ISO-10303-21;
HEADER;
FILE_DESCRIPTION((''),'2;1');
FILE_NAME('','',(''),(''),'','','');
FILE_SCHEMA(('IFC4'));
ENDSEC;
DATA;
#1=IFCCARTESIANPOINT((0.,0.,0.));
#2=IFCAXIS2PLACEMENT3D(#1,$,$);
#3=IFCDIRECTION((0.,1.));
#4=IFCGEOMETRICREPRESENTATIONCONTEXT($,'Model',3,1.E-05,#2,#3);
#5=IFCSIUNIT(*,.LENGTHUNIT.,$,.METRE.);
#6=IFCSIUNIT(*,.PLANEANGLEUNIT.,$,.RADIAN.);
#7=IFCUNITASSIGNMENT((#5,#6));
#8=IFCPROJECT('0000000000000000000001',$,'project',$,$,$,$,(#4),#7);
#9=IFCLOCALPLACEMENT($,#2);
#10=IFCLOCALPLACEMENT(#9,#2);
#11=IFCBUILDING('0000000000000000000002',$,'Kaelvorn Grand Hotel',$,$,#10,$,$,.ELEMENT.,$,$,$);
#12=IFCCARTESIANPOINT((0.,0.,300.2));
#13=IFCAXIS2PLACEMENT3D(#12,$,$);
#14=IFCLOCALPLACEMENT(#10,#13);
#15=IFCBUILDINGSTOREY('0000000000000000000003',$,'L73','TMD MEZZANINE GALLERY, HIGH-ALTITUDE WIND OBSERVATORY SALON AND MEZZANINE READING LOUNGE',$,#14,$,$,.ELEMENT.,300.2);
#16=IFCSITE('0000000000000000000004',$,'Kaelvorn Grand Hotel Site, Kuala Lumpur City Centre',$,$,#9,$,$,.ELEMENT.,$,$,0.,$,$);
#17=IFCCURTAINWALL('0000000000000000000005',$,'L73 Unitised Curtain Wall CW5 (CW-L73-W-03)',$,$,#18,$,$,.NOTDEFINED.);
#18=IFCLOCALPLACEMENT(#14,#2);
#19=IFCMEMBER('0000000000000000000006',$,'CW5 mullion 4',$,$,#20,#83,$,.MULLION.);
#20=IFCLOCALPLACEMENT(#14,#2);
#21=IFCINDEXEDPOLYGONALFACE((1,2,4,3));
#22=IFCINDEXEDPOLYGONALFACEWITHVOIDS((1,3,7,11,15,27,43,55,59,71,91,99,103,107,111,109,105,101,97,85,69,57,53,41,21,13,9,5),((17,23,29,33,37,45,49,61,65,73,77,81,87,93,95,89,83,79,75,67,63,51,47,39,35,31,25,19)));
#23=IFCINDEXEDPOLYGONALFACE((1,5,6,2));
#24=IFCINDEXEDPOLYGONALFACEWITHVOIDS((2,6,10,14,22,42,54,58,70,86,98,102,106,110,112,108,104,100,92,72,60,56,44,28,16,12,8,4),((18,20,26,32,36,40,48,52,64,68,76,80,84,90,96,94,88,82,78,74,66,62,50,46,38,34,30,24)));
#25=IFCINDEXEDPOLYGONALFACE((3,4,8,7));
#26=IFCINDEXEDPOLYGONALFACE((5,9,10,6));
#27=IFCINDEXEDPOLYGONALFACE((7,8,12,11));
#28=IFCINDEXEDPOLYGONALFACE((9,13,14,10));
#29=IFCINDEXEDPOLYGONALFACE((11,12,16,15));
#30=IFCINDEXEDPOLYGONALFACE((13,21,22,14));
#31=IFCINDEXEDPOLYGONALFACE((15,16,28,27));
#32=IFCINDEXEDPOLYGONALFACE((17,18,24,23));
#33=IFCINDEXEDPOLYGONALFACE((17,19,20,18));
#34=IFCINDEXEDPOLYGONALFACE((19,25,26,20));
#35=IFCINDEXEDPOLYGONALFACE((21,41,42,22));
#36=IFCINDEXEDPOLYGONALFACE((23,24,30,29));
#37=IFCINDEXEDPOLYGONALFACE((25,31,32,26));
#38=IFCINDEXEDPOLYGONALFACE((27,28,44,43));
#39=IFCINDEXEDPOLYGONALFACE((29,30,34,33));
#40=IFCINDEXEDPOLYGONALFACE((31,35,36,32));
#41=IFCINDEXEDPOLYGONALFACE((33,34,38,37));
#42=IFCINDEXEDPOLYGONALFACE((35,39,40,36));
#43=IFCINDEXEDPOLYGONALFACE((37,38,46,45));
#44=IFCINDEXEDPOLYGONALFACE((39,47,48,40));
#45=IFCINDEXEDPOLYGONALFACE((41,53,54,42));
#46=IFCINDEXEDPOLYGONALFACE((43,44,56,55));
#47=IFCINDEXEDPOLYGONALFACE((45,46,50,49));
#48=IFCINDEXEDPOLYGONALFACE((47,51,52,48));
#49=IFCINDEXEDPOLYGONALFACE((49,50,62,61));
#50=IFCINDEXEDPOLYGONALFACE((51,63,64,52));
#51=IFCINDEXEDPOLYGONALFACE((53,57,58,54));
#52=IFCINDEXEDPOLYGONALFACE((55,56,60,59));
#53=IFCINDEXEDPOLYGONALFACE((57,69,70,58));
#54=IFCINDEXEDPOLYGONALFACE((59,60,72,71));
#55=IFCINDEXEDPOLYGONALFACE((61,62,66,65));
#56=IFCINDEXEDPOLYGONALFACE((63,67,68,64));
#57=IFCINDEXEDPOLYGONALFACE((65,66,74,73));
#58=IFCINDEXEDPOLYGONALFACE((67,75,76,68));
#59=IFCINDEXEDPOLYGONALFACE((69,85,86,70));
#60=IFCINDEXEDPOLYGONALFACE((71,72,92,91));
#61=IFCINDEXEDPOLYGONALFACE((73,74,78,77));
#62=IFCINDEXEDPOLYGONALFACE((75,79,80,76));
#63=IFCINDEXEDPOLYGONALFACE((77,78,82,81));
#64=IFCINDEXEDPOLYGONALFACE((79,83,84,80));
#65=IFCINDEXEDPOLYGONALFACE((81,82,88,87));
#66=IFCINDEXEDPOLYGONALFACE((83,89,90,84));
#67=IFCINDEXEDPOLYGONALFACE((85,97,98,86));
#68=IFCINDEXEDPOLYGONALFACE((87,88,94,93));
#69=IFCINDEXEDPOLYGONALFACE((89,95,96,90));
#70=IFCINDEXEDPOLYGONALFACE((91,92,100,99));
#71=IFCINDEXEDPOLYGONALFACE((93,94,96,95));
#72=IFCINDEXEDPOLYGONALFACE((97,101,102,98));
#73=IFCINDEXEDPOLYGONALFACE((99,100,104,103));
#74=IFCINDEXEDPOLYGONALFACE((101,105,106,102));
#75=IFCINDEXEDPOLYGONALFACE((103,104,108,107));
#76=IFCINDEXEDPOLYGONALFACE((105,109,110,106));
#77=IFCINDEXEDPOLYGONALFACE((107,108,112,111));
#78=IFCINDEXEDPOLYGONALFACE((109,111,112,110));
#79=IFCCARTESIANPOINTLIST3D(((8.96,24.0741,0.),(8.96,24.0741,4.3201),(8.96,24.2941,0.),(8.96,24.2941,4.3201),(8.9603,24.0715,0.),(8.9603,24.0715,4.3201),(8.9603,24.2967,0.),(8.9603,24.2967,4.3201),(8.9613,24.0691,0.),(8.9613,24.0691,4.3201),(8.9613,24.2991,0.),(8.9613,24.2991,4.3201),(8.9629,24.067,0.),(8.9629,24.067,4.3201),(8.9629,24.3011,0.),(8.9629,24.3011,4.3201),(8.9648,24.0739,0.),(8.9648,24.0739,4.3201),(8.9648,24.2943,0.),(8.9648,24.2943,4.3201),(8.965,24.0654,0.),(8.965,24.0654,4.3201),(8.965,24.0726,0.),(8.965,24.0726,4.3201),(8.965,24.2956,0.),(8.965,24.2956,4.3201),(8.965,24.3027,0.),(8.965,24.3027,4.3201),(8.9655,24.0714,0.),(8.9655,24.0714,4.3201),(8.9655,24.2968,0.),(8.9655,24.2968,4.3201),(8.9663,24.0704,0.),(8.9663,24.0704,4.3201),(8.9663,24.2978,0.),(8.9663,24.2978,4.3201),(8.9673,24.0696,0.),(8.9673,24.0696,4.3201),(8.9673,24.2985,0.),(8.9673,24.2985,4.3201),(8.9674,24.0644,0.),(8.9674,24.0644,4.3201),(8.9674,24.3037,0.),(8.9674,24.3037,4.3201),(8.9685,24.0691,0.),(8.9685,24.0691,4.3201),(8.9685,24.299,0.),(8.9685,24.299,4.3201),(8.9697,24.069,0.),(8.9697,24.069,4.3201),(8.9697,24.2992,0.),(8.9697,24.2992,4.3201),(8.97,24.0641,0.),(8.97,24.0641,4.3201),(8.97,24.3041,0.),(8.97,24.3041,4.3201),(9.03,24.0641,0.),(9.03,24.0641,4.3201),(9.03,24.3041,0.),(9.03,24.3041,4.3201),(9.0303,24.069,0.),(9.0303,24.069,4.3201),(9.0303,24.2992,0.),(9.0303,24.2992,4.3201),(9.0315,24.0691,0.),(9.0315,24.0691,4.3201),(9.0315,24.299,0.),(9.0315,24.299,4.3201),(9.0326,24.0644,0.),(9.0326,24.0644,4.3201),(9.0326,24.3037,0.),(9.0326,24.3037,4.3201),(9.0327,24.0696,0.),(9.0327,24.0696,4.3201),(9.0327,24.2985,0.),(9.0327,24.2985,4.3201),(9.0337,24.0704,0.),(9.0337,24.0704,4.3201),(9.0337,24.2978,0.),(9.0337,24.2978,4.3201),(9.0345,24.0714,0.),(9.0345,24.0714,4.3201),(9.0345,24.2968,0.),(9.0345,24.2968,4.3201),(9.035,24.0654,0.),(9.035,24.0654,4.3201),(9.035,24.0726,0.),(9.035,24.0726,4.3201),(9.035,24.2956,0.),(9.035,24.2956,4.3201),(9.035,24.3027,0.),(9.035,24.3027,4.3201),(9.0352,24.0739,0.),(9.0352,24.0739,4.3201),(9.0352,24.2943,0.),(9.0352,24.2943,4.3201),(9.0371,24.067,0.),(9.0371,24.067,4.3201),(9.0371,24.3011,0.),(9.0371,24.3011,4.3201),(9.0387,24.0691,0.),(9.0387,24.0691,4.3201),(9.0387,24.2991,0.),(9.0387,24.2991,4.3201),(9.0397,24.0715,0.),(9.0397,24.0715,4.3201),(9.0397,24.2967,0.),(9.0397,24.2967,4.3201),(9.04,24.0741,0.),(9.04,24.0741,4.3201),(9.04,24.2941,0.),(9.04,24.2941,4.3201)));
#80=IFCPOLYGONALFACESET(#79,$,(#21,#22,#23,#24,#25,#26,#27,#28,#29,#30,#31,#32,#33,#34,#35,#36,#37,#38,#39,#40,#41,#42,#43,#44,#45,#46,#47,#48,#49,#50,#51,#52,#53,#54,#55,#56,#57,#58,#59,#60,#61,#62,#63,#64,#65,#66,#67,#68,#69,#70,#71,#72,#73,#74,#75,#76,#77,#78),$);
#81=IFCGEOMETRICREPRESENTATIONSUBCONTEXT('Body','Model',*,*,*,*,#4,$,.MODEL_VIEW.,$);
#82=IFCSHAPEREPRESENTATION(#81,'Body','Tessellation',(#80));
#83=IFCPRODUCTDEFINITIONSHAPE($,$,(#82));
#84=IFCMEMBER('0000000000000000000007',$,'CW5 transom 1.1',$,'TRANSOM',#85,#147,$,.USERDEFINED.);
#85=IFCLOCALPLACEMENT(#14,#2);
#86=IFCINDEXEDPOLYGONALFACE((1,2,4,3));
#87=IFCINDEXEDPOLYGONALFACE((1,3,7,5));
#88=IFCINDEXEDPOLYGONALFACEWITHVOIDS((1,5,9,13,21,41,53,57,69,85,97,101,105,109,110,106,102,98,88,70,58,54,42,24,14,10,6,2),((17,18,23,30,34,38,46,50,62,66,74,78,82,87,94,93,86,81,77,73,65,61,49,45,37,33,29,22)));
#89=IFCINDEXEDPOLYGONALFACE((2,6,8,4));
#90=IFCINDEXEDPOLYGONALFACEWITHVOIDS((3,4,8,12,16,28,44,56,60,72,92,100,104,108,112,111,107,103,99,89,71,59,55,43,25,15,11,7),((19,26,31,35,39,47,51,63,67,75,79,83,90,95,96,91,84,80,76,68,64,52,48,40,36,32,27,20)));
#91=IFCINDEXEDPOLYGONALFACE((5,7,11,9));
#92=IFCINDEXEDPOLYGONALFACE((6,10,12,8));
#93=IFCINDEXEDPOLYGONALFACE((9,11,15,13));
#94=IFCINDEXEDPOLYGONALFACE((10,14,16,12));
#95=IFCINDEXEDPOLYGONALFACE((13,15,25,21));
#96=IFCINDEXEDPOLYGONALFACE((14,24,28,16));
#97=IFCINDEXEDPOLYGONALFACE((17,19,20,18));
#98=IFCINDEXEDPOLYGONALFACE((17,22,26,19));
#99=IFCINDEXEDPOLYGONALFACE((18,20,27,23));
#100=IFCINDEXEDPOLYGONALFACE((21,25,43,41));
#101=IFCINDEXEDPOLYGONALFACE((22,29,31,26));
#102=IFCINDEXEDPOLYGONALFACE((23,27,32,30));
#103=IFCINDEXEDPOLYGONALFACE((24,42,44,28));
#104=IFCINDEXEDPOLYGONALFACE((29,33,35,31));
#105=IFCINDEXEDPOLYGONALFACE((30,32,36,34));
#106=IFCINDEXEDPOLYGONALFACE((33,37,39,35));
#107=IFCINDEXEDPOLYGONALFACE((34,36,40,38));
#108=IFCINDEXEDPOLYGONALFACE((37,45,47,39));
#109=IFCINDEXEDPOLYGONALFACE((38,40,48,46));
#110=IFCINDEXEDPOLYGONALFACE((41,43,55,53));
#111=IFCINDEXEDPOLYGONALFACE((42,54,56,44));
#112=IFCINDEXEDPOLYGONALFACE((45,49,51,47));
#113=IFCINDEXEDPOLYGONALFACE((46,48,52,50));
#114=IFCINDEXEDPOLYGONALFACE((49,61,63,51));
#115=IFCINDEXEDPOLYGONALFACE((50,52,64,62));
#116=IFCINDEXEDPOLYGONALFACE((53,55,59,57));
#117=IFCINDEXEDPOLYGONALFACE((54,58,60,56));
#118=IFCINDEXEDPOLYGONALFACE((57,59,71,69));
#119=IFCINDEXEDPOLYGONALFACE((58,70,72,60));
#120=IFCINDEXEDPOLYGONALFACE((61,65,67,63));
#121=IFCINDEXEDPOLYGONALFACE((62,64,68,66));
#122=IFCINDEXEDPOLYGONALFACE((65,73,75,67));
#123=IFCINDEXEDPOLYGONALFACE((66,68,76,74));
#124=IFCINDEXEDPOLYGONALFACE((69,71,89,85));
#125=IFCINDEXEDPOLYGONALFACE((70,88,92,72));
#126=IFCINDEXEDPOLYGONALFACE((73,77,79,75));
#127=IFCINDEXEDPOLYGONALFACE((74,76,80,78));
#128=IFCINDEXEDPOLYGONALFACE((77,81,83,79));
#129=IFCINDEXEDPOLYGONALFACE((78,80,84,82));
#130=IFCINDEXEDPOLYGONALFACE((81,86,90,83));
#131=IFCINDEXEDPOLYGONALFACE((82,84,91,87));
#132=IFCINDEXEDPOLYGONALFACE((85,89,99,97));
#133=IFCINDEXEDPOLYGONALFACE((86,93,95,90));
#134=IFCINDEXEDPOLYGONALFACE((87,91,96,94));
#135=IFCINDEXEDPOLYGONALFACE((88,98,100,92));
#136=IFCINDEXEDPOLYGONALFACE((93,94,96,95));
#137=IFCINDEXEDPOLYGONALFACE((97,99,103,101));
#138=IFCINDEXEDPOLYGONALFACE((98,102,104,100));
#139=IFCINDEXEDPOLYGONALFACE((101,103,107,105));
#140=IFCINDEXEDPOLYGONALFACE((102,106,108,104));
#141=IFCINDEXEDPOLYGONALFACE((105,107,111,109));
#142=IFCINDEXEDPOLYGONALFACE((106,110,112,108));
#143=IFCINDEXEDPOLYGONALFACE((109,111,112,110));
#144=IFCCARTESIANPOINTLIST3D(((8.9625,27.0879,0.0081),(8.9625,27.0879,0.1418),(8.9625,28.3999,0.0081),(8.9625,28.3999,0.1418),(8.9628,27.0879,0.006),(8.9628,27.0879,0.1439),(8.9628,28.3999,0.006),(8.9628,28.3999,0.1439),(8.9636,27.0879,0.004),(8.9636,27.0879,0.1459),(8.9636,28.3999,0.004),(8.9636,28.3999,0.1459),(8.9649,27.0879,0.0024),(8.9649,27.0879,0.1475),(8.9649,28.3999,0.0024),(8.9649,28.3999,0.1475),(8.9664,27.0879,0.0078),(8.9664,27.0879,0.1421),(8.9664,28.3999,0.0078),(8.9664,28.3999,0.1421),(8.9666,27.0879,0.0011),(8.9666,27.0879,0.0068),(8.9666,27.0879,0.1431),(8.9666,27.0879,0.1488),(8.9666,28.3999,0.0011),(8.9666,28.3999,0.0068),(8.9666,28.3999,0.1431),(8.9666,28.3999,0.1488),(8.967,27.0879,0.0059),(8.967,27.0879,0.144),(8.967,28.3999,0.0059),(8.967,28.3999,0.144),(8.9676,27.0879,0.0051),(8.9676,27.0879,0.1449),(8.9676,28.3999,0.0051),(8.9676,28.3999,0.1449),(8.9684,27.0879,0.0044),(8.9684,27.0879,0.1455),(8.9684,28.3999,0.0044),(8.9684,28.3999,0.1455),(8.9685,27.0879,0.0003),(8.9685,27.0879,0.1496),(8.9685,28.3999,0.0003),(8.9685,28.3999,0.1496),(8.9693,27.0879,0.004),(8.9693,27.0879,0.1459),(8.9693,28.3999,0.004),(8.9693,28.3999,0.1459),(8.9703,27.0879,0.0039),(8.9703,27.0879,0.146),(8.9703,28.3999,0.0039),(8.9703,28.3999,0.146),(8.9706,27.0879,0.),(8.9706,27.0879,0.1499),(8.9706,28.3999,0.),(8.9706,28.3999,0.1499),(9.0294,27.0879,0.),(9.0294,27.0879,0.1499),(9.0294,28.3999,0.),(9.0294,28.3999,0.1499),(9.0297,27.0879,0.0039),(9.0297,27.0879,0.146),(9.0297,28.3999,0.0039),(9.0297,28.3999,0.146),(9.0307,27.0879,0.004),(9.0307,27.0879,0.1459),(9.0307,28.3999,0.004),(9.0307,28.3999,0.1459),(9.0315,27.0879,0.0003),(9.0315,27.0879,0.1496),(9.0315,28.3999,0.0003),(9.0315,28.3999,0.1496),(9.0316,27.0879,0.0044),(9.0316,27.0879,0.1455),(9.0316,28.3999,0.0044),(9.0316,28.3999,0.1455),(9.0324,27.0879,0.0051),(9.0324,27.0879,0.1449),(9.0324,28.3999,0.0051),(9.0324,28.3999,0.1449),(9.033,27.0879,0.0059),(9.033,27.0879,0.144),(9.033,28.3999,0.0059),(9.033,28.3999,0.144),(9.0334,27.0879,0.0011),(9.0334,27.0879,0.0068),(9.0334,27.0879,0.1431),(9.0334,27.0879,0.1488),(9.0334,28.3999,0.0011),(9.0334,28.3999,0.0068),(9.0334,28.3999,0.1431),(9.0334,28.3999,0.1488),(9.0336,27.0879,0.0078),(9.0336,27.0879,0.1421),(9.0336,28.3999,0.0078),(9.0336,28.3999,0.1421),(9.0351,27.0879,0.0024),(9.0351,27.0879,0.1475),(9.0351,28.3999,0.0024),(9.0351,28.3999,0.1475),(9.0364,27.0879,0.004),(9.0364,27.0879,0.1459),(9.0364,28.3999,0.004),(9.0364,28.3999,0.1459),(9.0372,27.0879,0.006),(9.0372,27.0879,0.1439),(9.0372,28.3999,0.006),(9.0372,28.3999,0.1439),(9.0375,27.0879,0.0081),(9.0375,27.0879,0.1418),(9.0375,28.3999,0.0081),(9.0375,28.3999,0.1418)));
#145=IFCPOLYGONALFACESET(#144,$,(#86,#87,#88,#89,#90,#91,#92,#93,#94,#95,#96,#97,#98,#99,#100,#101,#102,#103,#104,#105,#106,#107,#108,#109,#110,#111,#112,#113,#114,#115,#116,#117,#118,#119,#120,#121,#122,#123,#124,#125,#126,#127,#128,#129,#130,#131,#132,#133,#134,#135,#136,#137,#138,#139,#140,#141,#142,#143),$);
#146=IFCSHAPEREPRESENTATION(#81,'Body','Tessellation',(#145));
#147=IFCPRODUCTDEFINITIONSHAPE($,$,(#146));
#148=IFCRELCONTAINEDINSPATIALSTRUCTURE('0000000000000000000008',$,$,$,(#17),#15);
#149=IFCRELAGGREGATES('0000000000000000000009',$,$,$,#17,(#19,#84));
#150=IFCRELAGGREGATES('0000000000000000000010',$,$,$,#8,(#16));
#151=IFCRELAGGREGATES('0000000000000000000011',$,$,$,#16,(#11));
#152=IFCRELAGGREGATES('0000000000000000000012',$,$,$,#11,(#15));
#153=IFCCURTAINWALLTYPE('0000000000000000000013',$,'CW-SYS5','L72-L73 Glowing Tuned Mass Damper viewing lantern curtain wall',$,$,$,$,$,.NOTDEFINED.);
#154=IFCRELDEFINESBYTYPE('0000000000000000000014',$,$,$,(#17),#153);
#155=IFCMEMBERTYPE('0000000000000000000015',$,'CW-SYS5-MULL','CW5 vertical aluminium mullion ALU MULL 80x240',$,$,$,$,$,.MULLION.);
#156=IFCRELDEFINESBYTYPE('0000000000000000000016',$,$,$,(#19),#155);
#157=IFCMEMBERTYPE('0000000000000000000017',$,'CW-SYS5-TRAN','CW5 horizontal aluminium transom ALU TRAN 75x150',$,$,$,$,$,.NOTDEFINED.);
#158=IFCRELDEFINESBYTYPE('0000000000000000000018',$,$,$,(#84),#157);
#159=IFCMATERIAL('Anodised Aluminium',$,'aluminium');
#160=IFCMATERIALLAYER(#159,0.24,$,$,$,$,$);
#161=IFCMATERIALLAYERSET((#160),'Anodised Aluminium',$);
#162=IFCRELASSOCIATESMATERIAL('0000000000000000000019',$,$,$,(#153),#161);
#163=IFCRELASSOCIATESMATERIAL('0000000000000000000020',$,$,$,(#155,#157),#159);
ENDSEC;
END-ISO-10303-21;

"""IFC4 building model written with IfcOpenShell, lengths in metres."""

from ifc_helpers import new_model, si_unit, direction, frame, origin, origin_2d, place, context, subcontext, project, spatial, hollow_rectangle, extrude, material, layer, layer_set, material_profile, profile_set, type_object, element, aggregate, save


model = new_model("IFC4")

# Units and contexts
model_context = context("Model", 3, precision=1e-05, world=origin(), true_north=direction((0.0, 1.0)))
body_context = subcontext(model_context, "Body", "Model", "MODEL_VIEW")
ifc_project = project(units=[si_unit("LENGTHUNIT", "METRE"), si_unit("PLANEANGLEUNIT", "RADIAN")], contexts=[model_context])

# Site, building, storey
site_placement = place(None, origin())
site = spatial("IfcSite", under=ifc_project, at=site_placement, Name="Kaelvorn Grand Hotel Site, Kuala Lumpur City Centre", CompositionType="ELEMENT", RefElevation=0.0)
building_placement = place(site_placement, origin())
building = spatial("IfcBuilding", under=site, at=building_placement, Name="Kaelvorn Grand Hotel", CompositionType="ELEMENT")
storey_placement = place(building_placement, frame((0.0, 0.0, 300.2)))
storey = spatial("IfcBuildingStorey", under=building, at=storey_placement, Name="L73", Description="TMD MEZZANINE GALLERY, HIGH-ALTITUDE WIND OBSERVATORY SALON AND MEZZANINE READING LOUNGE", CompositionType="ELEMENT", Elevation=300.2)

# Curtain wall, members
ifc_material_1 = material(Name="Anodised Aluminium", Category="aluminium")
ifc_layer_1 = layer(ifc_material_1, 0.24)
ifc_layer_set_1 = layer_set([ifc_layer_1], Name="Anodised Aluminium")
curtain_wall_type = type_object("IfcCurtainWallType", Name="CW-SYS5", Description="L72-L73 Glowing Tuned Mass Damper viewing lantern curtain wall", PredefinedType="NOTDEFINED", material=ifc_layer_set_1)
curtain_wall_placement = place(storey_placement, origin())
curtain_wall = element("IfcCurtainWall", 1, at=curtain_wall_placement, inside=storey, type_object=curtain_wall_type, Name="L73 Unitised Curtain Wall CW5 (CW-L73-W-03)", PredefinedType="NOTDEFINED")
ifc_material_profile_1 = material_profile(ifc_material_1, hollow_rectangle(XDim=0.0801, YDim=0.24, WallThickness=0.0049, InnerFilletRadius=0.0049, OuterFilletRadius=0.01, at=origin_2d()), Name="ALU MULL 80x240")
ifc_profile_set_1 = profile_set([ifc_material_profile_1], Name="Anodised Aluminium")
member_type_1 = type_object("IfcMemberType", Name="CW-SYS5-MULL", Description="CW5 vertical aluminium mullion ALU MULL 80x240", PredefinedType="MULLION", material=ifc_profile_set_1)
member_1_placement = place(storey_placement, frame((9.0, 24.1841, 0.0), z_axis=(0.0, 0.0, 1.0), x_axis=(1.0, 0.0, 0.0)))
member_1 = element("IfcMember", 2, at=member_1_placement, type_object=member_type_1, Name="CW5 mullion 4", PredefinedType="MULLION", context=body_context, shape_type="SweptSolid", body=[
    extrude(hollow_rectangle(XDim=0.0801, YDim=0.24, WallThickness=0.0049, InnerFilletRadius=0.0049, OuterFilletRadius=0.01, at=origin_2d()), origin(), (0.0, 0.0, 1.0), 4.3201),
])
ifc_material_profile_2 = material_profile(ifc_material_1, hollow_rectangle(XDim=0.075, YDim=0.1499, WallThickness=0.0039, InnerFilletRadius=0.0039, OuterFilletRadius=0.0081, at=origin_2d()), Name="ALU TRAN 75x150")
ifc_profile_set_2 = profile_set([ifc_material_profile_2], Name="Anodised Aluminium")
member_type_2 = type_object("IfcMemberType", Name="CW-SYS5-TRAN", Description="CW5 horizontal aluminium transom ALU TRAN 75x150", PredefinedType="NOTDEFINED", material=ifc_profile_set_2)
member_2_placement = place(storey_placement, frame((9.0, 28.3999, 0.075), z_axis=(0.0, -1.0, 0.0), x_axis=(1.0, 0.0, 0.0)))
member_2 = element("IfcMember", 3, at=member_2_placement, type_object=member_type_2, Name="CW5 transom 1.1", ObjectType="TRANSOM", PredefinedType="USERDEFINED", context=body_context, shape_type="SweptSolid", body=[
    extrude(hollow_rectangle(XDim=0.075, YDim=0.1499, WallThickness=0.0039, InnerFilletRadius=0.0039, OuterFilletRadius=0.0081, at=origin_2d()), origin(), (0.0, 0.0, 1.0), 1.312),
])
aggregate(curtain_wall, [member_1, member_2])

save(model, "model.ifc")
